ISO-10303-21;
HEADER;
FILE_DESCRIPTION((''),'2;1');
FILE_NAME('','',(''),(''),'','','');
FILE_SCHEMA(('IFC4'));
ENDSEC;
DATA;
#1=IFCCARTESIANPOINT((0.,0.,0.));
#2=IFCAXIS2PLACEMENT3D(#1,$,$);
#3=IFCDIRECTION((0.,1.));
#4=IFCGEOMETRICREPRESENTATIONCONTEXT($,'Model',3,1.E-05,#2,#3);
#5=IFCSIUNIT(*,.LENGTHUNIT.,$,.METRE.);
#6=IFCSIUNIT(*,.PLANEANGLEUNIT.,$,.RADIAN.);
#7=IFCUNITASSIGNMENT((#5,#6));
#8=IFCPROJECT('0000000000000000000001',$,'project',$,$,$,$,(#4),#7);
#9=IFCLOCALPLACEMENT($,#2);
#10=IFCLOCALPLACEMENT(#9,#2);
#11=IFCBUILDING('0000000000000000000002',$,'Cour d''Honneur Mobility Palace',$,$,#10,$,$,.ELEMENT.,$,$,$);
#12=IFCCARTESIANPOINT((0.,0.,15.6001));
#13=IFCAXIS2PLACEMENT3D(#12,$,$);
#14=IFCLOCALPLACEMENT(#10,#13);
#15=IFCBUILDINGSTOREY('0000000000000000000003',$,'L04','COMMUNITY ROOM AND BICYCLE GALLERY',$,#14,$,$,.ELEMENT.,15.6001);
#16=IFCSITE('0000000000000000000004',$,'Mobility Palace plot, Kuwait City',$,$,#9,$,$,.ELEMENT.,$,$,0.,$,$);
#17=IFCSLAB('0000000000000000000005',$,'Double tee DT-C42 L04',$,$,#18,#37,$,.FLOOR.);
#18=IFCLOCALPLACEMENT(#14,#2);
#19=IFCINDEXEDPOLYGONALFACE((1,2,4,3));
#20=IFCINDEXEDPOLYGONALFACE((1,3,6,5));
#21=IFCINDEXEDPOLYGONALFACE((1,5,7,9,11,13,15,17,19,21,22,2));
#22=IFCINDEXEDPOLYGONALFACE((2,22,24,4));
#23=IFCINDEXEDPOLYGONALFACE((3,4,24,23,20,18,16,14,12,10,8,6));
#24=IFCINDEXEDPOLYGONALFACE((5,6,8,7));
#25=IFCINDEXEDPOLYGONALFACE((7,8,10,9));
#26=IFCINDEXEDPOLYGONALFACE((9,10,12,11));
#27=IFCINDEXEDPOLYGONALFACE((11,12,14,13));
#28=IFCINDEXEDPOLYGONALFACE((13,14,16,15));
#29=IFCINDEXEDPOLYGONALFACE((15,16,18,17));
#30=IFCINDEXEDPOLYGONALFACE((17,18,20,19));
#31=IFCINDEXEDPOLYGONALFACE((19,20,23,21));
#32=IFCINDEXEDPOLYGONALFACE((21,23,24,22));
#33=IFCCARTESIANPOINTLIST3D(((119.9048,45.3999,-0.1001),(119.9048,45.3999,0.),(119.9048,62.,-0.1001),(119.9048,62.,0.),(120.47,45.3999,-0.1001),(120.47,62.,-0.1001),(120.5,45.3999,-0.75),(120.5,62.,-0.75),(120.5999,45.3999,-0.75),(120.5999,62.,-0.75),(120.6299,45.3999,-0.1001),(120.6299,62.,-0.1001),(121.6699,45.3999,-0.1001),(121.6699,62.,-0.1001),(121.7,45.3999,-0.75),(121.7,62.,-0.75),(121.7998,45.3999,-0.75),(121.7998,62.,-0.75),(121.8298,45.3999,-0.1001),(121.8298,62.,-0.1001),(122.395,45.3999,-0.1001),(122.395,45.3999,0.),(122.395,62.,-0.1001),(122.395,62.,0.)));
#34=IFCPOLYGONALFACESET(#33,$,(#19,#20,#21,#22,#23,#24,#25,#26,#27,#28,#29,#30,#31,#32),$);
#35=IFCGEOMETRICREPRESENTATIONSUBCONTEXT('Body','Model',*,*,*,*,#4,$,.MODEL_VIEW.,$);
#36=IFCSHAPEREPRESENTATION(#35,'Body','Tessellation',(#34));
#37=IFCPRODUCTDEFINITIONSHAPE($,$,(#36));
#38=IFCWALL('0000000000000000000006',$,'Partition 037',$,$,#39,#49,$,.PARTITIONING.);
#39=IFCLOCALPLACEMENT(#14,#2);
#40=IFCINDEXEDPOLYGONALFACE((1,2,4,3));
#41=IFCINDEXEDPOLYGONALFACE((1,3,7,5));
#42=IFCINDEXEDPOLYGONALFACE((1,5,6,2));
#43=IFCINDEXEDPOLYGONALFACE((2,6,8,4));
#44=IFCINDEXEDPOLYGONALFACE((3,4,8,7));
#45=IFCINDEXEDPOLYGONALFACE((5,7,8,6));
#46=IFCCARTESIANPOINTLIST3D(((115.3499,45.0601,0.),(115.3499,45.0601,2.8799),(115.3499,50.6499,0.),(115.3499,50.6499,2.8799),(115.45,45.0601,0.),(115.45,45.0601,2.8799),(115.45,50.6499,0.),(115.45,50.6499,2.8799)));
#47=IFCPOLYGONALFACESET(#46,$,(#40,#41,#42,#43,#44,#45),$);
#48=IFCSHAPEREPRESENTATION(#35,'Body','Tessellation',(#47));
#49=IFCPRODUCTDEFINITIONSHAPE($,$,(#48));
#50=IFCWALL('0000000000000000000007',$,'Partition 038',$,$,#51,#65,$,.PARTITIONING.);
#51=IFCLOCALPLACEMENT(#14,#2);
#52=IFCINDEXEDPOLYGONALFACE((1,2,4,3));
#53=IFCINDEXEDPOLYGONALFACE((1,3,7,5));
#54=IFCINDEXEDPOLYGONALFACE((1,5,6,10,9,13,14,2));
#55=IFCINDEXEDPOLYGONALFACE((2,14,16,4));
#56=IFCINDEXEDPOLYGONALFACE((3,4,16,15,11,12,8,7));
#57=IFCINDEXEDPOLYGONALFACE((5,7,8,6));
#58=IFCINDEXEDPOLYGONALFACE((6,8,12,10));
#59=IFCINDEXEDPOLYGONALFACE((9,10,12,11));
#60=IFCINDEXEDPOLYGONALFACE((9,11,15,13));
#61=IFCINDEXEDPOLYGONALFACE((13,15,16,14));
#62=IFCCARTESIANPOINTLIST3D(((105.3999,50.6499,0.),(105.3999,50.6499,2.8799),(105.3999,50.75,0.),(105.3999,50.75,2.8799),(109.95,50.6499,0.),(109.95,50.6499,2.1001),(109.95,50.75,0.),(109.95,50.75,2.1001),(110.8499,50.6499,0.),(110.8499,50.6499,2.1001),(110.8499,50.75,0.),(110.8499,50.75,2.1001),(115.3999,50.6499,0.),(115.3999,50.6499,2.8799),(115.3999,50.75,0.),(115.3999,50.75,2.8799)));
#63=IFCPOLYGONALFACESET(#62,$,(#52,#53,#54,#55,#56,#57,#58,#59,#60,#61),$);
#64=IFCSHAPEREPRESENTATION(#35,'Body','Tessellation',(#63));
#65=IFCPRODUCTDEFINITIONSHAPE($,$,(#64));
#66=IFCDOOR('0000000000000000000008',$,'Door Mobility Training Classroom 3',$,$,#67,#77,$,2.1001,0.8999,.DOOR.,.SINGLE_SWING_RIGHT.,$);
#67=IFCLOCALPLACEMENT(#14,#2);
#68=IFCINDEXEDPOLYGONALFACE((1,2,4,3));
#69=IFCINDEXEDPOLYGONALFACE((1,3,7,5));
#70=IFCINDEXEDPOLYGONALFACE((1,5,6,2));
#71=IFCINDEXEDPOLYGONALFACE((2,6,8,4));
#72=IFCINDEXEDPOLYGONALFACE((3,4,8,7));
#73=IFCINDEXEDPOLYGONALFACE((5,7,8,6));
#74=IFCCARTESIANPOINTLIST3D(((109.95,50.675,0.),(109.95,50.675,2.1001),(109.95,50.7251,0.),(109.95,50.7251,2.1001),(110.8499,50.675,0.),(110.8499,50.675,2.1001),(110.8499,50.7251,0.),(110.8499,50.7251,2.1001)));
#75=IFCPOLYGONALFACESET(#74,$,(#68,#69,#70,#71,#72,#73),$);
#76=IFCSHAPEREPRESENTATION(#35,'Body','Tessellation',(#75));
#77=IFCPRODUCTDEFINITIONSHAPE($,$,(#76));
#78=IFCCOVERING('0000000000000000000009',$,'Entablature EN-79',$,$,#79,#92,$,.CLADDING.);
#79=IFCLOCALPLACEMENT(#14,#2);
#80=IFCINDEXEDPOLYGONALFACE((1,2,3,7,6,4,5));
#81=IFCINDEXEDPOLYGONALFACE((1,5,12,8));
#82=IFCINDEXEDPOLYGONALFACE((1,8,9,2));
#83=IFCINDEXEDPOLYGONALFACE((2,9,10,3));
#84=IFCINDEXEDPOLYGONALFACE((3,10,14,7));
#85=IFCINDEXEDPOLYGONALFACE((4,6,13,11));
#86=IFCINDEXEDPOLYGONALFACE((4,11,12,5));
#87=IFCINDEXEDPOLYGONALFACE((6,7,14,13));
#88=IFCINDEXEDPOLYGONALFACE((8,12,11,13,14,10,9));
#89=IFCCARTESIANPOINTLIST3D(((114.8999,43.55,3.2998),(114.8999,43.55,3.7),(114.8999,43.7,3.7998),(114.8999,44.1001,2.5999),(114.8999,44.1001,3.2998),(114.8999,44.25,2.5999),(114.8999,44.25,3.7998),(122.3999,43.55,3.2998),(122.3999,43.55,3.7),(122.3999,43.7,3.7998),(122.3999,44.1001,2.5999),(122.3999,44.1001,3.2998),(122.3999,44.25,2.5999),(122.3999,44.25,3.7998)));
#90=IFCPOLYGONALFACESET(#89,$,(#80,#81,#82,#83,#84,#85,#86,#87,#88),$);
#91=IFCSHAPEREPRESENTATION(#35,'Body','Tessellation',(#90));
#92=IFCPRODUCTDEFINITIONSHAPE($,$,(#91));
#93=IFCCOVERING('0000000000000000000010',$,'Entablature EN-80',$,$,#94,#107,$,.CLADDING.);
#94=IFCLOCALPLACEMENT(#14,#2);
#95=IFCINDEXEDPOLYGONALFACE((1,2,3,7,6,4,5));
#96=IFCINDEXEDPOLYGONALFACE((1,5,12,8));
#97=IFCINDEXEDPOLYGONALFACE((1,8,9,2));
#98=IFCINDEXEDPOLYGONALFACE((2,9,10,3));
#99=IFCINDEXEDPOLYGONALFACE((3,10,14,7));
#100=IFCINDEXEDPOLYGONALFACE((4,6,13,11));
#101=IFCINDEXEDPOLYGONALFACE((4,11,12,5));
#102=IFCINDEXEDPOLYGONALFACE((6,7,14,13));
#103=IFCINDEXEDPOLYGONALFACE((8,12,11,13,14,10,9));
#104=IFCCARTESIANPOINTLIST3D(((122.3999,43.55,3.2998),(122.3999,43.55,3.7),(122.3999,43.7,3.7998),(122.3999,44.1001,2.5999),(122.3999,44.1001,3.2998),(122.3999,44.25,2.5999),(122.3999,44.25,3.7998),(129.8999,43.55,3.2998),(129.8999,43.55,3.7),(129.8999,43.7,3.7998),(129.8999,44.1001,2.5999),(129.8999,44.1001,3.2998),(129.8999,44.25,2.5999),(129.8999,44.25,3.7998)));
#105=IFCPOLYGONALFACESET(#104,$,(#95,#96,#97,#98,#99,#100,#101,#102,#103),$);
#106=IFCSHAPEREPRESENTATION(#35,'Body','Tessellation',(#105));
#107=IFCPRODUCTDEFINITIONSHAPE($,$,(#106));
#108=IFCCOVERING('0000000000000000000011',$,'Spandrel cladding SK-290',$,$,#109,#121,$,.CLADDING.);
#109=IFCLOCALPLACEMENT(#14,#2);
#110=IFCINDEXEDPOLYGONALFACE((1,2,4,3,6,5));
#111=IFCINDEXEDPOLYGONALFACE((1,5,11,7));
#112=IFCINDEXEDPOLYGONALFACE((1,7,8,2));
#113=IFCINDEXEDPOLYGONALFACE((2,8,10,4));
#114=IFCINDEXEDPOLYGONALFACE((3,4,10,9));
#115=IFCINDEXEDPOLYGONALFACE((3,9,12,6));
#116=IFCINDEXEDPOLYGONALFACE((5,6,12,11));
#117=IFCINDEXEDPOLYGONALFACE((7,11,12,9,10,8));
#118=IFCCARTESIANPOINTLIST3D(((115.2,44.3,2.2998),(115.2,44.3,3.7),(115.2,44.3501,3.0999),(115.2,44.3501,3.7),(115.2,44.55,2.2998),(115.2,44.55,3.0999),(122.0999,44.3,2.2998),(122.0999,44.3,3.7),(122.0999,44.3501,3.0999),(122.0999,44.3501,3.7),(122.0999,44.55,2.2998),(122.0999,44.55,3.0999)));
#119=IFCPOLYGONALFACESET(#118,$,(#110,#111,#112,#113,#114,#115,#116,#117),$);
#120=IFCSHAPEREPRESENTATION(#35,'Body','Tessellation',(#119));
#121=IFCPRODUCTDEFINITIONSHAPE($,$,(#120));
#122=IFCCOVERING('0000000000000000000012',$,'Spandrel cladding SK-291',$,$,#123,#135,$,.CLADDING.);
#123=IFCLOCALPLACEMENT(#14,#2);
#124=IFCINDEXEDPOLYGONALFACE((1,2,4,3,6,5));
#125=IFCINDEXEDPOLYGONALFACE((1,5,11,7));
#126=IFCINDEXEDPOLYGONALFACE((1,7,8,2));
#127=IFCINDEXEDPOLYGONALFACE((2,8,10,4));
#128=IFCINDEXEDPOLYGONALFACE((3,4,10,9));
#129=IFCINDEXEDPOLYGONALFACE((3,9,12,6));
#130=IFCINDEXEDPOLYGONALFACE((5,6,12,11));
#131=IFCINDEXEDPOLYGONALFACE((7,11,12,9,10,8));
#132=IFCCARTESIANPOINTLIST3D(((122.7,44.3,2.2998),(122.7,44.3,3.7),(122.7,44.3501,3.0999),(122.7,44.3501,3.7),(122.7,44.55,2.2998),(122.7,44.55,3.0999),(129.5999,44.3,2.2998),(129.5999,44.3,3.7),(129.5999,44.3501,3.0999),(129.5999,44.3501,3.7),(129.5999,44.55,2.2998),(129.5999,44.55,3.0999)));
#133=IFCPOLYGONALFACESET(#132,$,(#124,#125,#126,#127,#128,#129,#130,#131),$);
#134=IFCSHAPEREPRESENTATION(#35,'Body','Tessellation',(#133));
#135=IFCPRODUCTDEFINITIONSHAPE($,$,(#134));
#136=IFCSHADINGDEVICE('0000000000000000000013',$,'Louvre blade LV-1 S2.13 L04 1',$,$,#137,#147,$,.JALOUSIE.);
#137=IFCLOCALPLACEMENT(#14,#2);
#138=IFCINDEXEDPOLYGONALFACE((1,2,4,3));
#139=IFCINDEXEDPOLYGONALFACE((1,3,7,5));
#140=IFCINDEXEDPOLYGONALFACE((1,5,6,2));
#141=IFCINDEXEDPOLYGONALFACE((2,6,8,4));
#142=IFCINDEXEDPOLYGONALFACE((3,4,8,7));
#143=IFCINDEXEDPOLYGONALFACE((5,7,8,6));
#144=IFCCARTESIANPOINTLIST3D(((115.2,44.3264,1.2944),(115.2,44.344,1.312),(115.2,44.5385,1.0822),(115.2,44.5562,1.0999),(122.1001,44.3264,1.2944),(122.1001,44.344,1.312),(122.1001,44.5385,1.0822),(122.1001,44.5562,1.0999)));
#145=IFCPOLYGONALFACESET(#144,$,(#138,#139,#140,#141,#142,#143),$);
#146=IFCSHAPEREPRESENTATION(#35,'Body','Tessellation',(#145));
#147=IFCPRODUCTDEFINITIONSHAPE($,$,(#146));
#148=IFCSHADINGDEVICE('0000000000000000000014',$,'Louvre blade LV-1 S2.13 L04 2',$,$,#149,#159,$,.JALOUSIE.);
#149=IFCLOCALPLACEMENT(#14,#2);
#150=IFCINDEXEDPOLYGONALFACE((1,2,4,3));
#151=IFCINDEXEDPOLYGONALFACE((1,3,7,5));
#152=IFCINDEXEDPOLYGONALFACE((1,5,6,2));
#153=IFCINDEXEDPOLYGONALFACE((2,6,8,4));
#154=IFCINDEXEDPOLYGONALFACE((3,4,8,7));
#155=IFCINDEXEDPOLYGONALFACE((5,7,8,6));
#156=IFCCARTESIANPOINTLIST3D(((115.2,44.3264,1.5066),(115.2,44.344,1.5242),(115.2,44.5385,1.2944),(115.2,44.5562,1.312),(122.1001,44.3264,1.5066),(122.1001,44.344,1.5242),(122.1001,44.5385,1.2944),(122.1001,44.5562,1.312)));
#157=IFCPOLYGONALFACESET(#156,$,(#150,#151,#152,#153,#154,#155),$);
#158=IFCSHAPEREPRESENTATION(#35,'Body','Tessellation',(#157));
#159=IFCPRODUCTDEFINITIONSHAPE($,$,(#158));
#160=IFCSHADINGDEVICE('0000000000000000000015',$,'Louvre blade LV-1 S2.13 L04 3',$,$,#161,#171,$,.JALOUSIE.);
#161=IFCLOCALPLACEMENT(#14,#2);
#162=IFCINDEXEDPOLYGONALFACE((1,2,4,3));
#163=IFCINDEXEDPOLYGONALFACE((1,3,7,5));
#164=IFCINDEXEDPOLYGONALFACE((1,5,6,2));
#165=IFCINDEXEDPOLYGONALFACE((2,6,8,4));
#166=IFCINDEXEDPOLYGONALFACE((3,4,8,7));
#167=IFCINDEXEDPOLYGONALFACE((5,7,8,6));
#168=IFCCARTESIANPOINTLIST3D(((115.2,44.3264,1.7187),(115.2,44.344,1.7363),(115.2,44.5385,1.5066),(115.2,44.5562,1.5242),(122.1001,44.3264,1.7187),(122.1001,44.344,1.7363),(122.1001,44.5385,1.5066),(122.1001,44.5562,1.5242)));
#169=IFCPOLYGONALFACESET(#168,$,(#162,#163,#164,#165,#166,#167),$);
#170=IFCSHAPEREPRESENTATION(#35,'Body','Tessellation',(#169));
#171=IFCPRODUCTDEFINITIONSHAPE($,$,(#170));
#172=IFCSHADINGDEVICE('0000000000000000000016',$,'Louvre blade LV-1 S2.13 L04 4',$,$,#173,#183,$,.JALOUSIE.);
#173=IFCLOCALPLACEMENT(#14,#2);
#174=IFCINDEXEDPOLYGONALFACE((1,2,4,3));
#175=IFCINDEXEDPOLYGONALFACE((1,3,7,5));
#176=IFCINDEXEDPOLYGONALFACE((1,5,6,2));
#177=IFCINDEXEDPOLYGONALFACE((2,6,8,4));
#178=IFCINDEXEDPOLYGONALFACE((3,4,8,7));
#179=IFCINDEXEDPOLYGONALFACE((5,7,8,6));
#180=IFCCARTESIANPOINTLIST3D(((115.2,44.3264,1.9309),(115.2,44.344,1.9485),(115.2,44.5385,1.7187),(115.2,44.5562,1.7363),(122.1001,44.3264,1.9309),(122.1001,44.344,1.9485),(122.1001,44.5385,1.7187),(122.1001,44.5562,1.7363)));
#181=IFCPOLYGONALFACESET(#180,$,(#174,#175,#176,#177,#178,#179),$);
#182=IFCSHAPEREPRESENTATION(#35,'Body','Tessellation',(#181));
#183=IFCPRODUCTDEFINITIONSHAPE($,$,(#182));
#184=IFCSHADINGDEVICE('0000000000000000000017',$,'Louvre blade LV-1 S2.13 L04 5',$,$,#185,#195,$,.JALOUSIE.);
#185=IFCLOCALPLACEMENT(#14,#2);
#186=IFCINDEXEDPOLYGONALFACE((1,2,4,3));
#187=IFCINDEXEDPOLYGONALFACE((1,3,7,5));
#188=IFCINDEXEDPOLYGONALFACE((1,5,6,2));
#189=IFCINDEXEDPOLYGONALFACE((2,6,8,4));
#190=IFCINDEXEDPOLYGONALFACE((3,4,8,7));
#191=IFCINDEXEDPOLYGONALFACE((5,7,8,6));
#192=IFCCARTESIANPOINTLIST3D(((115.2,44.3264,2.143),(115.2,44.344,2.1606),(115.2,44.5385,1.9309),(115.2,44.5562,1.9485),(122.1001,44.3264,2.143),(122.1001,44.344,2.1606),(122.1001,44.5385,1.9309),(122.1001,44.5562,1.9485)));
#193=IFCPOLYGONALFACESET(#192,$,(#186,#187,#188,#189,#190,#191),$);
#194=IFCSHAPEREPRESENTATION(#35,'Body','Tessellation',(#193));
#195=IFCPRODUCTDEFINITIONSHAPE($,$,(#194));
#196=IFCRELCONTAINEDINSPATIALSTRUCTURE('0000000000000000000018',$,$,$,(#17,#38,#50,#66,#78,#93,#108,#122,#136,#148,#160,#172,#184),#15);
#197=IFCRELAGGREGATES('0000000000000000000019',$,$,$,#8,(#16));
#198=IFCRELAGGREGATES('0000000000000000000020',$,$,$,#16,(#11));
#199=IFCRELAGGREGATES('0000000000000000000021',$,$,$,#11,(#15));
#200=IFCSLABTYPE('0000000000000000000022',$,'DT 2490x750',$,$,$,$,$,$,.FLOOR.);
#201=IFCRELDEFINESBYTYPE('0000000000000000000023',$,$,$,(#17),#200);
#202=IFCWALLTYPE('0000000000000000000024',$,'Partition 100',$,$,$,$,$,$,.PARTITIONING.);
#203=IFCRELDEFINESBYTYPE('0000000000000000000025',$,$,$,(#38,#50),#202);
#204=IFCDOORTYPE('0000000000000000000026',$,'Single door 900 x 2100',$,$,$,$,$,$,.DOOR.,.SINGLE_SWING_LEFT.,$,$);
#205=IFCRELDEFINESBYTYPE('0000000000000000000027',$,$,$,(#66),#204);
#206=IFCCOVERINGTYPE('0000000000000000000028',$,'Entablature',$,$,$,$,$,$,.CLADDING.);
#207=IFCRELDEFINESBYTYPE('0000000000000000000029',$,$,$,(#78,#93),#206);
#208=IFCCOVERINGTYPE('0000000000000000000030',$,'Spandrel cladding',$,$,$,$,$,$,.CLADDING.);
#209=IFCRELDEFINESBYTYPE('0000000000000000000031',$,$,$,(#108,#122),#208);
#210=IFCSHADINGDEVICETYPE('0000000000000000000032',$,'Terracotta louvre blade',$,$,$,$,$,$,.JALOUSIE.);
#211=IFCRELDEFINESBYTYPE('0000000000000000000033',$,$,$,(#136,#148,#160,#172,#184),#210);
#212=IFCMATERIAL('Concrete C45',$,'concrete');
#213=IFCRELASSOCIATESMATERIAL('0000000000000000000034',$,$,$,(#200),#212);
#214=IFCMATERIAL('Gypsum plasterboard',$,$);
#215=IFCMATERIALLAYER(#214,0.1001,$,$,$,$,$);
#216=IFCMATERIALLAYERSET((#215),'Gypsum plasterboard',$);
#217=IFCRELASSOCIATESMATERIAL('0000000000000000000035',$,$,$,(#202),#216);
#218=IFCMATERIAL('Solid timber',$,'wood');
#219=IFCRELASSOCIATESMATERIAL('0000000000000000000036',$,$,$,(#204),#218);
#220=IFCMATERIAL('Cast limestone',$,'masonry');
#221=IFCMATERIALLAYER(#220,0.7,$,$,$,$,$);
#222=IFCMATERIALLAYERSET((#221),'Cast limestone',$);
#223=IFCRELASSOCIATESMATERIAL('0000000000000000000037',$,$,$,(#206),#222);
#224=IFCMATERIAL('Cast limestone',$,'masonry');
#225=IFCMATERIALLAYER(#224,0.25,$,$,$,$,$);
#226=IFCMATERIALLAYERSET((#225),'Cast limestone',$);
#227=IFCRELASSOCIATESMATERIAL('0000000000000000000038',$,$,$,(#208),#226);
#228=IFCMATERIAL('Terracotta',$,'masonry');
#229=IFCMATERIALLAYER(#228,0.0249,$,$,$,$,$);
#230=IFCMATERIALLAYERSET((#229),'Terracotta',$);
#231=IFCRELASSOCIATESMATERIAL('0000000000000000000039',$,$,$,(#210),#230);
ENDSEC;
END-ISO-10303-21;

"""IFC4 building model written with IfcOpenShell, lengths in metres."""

from ifc_helpers import new_model, si_unit, direction, frame, frame_2d, origin, place, context, subcontext, project, spatial, polyline, rectangle, outline, extrude, material, layer, layer_set, material_profile, profile_set, type_object, element, fill, save


model = new_model("IFC4")

# Units and contexts
model_context = context("Model", 3, precision=1e-05, world=origin(), true_north=direction((0.0, 1.0)))
body_context = subcontext(model_context, "Body", "Model", "MODEL_VIEW")
ifc_project = project(units=[si_unit("LENGTHUNIT", "METRE"), si_unit("PLANEANGLEUNIT", "RADIAN")], contexts=[model_context])

# Site, building, storey
site_placement = place(None, origin())
site = spatial("IfcSite", under=ifc_project, at=site_placement, Name="Mobility Palace plot, Kuwait City", CompositionType="ELEMENT", RefElevation=0.0)
building_placement = place(site_placement, origin())
building = spatial("IfcBuilding", under=site, at=building_placement, Name="Cour d'Honneur Mobility Palace", CompositionType="ELEMENT")
storey_placement = place(building_placement, frame((0.0, 0.0, 15.6001)))
storey = spatial("IfcBuildingStorey", under=building, at=storey_placement, Name="L04", Description="COMMUNITY ROOM AND BICYCLE GALLERY", CompositionType="ELEMENT", Elevation=15.6001)

# Slab
ifc_material_1 = material(Name="Concrete C45", Category="concrete")
ifc_material_profile_1 = material_profile(ifc_material_1, outline(polyline([(-1.2451, 0.0), (1.2451, 0.0), (1.2451, -0.1001), (0.6799, -0.1001), (0.6499, -0.75), (0.55, -0.75), (0.52, -0.1001), (-0.52, -0.1001), (-0.55, -0.75), (-0.6499, -0.75), (-0.6799, -0.1001), (-1.2451, -0.1001), (-1.2451, 0.0)])), Name="DT 2490x750")
ifc_profile_set_1 = profile_set([ifc_material_profile_1], Name="Concrete C45")
slab_type = type_object("IfcSlabType", Name="DT 2490x750", PredefinedType="FLOOR", material=ifc_profile_set_1)
slab_1_placement = place(storey_placement, frame((121.1499, 45.3999, 0.0), z_axis=(0.0, 1.0, 0.0), x_axis=(-1.0, 0.0, 0.0)))
element("IfcSlab", 1, at=slab_1_placement, inside=storey, type_object=slab_type, Name="Double tee DT-C42 L04", PredefinedType="FLOOR", context=body_context, shape_type="SweptSolid", body=[
    extrude(outline(polyline([(-1.2451, 0.0), (1.2451, 0.0), (1.2451, -0.1001), (0.6799, -0.1001), (0.6499, -0.75), (0.55, -0.75), (0.52, -0.1001), (-0.52, -0.1001), (-0.55, -0.75), (-0.6499, -0.75), (-0.6799, -0.1001), (-1.2451, -0.1001), (-1.2451, 0.0)])), origin(), (0.0, 0.0, 1.0), 16.6001),
])

# Wall
ifc_material_2 = material(Name="Gypsum plasterboard")
ifc_layer_1 = layer(ifc_material_2, 0.1001)
ifc_layer_set_1 = layer_set([ifc_layer_1], Name="Gypsum plasterboard")
wall_type = type_object("IfcWallType", Name="Partition 100", PredefinedType="PARTITIONING", material=ifc_layer_set_1)
wall_1_placement = place(storey_placement, frame((115.3999, 50.6499, 0.0), z_axis=(0.0, 0.0, 1.0), x_axis=(0.0, -1.0, 0.0)))
element("IfcWall", 2, at=wall_1_placement, inside=storey, type_object=wall_type, Name="Partition 037", PredefinedType="PARTITIONING", context=body_context, shape_type="SweptSolid", body=[
    extrude(rectangle(XDim=5.5898, YDim=0.1001, at=frame_2d((2.7949, 0.0))), origin(), (0.0, 0.0, 1.0), 2.8799),
])

# Wall, opening, door
wall_2_placement = place(storey_placement, frame((115.3999, 50.7, 0.0), z_axis=(0.0, 0.0, 1.0), x_axis=(-1.0, 0.0, 0.0)))
wall_2 = element("IfcWall", 3, at=wall_2_placement, inside=storey, type_object=wall_type, Name="Partition 038", PredefinedType="PARTITIONING", context=body_context, shape_type="SweptSolid", body=[
    extrude(rectangle(XDim=10.0, YDim=0.1001, at=frame_2d((5.0, 0.0))), origin(), (0.0, 0.0, 1.0), 2.8799),
])
opening_placement = place(wall_2_placement, frame((4.55, 0.0, 0.0)))
opening = element("IfcOpeningElement", 4, at=opening_placement, cuts=wall_2, PredefinedType="OPENING", context=body_context, shape_type="SweptSolid", body=[
    extrude(rectangle(XDim=0.8999, YDim=2.1001, at=frame_2d((0.45, 1.05))), frame((0.0, 0.0601, 0.0), z_axis=(0.0, -1.0, 0.0), x_axis=(1.0, 0.0, 0.0)), (0.0, 0.0, 1.0), 0.1201),
])
ifc_material_3 = material(Name="Solid timber", Category="wood")
door_type = type_object("IfcDoorType", Name="Single door 900 x 2100", OperationType="SINGLE_SWING_LEFT", PredefinedType="DOOR", material=ifc_material_3)
door_placement = place(opening_placement, origin())
door = element("IfcDoor", 5, at=door_placement, inside=storey, type_object=door_type, Name="Door Mobility Training Classroom 3", OperationType="SINGLE_SWING_RIGHT", OverallHeight=2.1001, OverallWidth=0.8999, PredefinedType="DOOR", context=body_context, shape_type="SweptSolid", body=[
    extrude(rectangle(XDim=0.8999, YDim=2.1001, at=frame_2d((0.45, 1.05))), frame((0.0, 0.0249, 0.0), z_axis=(0.0, -1.0, 0.0), x_axis=(1.0, 0.0, 0.0)), (0.0, 0.0, 1.0), 0.05),
])
fill(opening, door)

# Coverings
ifc_material_4 = material(Name="Cast limestone", Category="masonry")
ifc_layer_2 = layer(ifc_material_4, 0.7)
ifc_layer_set_2 = layer_set([ifc_layer_2], Name="Cast limestone")
covering_type_1 = type_object("IfcCoveringType", Name="Entablature", PredefinedType="CLADDING", material=ifc_layer_set_2)
for number, where, z_axis, x_axis, name in (
    (6, (114.8999, 44.25, 2.5999), (-1.0, 0.0, 0.0), (0.0, -1.0, 0.0), "Entablature EN-79"),
    (7, (122.3999, 44.25, 2.5999), (-1.0, 0.0, 0.0), (0.0, -1.0, 0.0), "Entablature EN-80"),
):
    element("IfcCovering", number, at=place(storey_placement, frame(where, z_axis=z_axis, x_axis=x_axis)), inside=storey, type_object=covering_type_1, Name=name, PredefinedType="CLADDING", context=body_context, shape_type="SweptSolid", body=[
        extrude(outline(polyline([(0.0, 0.0), (0.1499, 0.0), (0.1499, 0.7), (0.7, 0.7), (0.7, 1.1001), (0.55, 1.2), (0.0, 1.2), (0.0, 0.0)])), origin(), (0.0, 0.0, -1.0), 7.5),
    ])
ifc_material_5 = material(Name="Cast limestone", Category="masonry")
ifc_layer_3 = layer(ifc_material_5, 0.25)
ifc_layer_set_3 = layer_set([ifc_layer_3], Name="Cast limestone")
covering_type_2 = type_object("IfcCoveringType", Name="Spandrel cladding", PredefinedType="CLADDING", material=ifc_layer_set_3)
for number, where, z_axis, x_axis, name in (
    (8, (115.2, 44.55, 2.2998), (-1.0, 0.0, 0.0), (0.0, -1.0, 0.0), "Spandrel cladding SK-290"),
    (9, (122.7, 44.55, 2.2998), (-1.0, 0.0, 0.0), (0.0, -1.0, 0.0), "Spandrel cladding SK-291"),
):
    element("IfcCovering", number, at=place(storey_placement, frame(where, z_axis=z_axis, x_axis=x_axis)), inside=storey, type_object=covering_type_2, Name=name, PredefinedType="CLADDING", context=body_context, shape_type="SweptSolid", body=[
        extrude(outline(polyline([(0.0, 0.0), (0.25, 0.0), (0.25, 1.4001), (0.2, 1.4001), (0.2, 0.8), (0.0, 0.8), (0.0, 0.0)])), origin(), (0.0, 0.0, -1.0), 6.8999),
    ])

# Shading devices
ifc_material_6 = material(Name="Terracotta", Category="masonry")
ifc_layer_4 = layer(ifc_material_6, 0.0249)
ifc_layer_set_4 = layer_set([ifc_layer_4], Name="Terracotta")
shading_device_type = type_object("IfcShadingDeviceType", Name="Terracotta louvre blade", PredefinedType="JALOUSIE", material=ifc_layer_set_4)
for number, where, z_axis, x_axis, name in (
    (10, (115.2, 44.5562, 1.0999), (0.0, 0.707107, 0.707107), (1.0, 0.0, 0.0), "Louvre blade LV-1 S2.13 L04 1"),
    (11, (115.2, 44.5562, 1.312), (0.0, 0.707107, 0.707107), (1.0, 0.0, 0.0), "Louvre blade LV-1 S2.13 L04 2"),
    (12, (115.2, 44.5562, 1.5242), (0.0, 0.707107, 0.707107), (1.0, 0.0, 0.0), "Louvre blade LV-1 S2.13 L04 3"),
    (13, (115.2, 44.5562, 1.7363), (0.0, 0.707107, 0.707107), (1.0, 0.0, 0.0), "Louvre blade LV-1 S2.13 L04 4"),
    (14, (115.2, 44.5562, 1.9485), (0.0, 0.707107, 0.707107), (1.0, 0.0, 0.0), "Louvre blade LV-1 S2.13 L04 5"),
):
    element("IfcShadingDevice", number, at=place(storey_placement, frame(where, z_axis=z_axis, x_axis=x_axis)), inside=storey, type_object=shading_device_type, Name=name, PredefinedType="JALOUSIE", context=body_context, shape_type="SweptSolid", body=[
        extrude(outline(polyline([(0.0, 0.0), (6.9001, 0.0), (6.9001, -0.3), (0.0, -0.3), (0.0, 0.0)])), origin(), (0.0, 0.0, -1.0), 0.0249),
    ])

save(model, "model.ifc")
